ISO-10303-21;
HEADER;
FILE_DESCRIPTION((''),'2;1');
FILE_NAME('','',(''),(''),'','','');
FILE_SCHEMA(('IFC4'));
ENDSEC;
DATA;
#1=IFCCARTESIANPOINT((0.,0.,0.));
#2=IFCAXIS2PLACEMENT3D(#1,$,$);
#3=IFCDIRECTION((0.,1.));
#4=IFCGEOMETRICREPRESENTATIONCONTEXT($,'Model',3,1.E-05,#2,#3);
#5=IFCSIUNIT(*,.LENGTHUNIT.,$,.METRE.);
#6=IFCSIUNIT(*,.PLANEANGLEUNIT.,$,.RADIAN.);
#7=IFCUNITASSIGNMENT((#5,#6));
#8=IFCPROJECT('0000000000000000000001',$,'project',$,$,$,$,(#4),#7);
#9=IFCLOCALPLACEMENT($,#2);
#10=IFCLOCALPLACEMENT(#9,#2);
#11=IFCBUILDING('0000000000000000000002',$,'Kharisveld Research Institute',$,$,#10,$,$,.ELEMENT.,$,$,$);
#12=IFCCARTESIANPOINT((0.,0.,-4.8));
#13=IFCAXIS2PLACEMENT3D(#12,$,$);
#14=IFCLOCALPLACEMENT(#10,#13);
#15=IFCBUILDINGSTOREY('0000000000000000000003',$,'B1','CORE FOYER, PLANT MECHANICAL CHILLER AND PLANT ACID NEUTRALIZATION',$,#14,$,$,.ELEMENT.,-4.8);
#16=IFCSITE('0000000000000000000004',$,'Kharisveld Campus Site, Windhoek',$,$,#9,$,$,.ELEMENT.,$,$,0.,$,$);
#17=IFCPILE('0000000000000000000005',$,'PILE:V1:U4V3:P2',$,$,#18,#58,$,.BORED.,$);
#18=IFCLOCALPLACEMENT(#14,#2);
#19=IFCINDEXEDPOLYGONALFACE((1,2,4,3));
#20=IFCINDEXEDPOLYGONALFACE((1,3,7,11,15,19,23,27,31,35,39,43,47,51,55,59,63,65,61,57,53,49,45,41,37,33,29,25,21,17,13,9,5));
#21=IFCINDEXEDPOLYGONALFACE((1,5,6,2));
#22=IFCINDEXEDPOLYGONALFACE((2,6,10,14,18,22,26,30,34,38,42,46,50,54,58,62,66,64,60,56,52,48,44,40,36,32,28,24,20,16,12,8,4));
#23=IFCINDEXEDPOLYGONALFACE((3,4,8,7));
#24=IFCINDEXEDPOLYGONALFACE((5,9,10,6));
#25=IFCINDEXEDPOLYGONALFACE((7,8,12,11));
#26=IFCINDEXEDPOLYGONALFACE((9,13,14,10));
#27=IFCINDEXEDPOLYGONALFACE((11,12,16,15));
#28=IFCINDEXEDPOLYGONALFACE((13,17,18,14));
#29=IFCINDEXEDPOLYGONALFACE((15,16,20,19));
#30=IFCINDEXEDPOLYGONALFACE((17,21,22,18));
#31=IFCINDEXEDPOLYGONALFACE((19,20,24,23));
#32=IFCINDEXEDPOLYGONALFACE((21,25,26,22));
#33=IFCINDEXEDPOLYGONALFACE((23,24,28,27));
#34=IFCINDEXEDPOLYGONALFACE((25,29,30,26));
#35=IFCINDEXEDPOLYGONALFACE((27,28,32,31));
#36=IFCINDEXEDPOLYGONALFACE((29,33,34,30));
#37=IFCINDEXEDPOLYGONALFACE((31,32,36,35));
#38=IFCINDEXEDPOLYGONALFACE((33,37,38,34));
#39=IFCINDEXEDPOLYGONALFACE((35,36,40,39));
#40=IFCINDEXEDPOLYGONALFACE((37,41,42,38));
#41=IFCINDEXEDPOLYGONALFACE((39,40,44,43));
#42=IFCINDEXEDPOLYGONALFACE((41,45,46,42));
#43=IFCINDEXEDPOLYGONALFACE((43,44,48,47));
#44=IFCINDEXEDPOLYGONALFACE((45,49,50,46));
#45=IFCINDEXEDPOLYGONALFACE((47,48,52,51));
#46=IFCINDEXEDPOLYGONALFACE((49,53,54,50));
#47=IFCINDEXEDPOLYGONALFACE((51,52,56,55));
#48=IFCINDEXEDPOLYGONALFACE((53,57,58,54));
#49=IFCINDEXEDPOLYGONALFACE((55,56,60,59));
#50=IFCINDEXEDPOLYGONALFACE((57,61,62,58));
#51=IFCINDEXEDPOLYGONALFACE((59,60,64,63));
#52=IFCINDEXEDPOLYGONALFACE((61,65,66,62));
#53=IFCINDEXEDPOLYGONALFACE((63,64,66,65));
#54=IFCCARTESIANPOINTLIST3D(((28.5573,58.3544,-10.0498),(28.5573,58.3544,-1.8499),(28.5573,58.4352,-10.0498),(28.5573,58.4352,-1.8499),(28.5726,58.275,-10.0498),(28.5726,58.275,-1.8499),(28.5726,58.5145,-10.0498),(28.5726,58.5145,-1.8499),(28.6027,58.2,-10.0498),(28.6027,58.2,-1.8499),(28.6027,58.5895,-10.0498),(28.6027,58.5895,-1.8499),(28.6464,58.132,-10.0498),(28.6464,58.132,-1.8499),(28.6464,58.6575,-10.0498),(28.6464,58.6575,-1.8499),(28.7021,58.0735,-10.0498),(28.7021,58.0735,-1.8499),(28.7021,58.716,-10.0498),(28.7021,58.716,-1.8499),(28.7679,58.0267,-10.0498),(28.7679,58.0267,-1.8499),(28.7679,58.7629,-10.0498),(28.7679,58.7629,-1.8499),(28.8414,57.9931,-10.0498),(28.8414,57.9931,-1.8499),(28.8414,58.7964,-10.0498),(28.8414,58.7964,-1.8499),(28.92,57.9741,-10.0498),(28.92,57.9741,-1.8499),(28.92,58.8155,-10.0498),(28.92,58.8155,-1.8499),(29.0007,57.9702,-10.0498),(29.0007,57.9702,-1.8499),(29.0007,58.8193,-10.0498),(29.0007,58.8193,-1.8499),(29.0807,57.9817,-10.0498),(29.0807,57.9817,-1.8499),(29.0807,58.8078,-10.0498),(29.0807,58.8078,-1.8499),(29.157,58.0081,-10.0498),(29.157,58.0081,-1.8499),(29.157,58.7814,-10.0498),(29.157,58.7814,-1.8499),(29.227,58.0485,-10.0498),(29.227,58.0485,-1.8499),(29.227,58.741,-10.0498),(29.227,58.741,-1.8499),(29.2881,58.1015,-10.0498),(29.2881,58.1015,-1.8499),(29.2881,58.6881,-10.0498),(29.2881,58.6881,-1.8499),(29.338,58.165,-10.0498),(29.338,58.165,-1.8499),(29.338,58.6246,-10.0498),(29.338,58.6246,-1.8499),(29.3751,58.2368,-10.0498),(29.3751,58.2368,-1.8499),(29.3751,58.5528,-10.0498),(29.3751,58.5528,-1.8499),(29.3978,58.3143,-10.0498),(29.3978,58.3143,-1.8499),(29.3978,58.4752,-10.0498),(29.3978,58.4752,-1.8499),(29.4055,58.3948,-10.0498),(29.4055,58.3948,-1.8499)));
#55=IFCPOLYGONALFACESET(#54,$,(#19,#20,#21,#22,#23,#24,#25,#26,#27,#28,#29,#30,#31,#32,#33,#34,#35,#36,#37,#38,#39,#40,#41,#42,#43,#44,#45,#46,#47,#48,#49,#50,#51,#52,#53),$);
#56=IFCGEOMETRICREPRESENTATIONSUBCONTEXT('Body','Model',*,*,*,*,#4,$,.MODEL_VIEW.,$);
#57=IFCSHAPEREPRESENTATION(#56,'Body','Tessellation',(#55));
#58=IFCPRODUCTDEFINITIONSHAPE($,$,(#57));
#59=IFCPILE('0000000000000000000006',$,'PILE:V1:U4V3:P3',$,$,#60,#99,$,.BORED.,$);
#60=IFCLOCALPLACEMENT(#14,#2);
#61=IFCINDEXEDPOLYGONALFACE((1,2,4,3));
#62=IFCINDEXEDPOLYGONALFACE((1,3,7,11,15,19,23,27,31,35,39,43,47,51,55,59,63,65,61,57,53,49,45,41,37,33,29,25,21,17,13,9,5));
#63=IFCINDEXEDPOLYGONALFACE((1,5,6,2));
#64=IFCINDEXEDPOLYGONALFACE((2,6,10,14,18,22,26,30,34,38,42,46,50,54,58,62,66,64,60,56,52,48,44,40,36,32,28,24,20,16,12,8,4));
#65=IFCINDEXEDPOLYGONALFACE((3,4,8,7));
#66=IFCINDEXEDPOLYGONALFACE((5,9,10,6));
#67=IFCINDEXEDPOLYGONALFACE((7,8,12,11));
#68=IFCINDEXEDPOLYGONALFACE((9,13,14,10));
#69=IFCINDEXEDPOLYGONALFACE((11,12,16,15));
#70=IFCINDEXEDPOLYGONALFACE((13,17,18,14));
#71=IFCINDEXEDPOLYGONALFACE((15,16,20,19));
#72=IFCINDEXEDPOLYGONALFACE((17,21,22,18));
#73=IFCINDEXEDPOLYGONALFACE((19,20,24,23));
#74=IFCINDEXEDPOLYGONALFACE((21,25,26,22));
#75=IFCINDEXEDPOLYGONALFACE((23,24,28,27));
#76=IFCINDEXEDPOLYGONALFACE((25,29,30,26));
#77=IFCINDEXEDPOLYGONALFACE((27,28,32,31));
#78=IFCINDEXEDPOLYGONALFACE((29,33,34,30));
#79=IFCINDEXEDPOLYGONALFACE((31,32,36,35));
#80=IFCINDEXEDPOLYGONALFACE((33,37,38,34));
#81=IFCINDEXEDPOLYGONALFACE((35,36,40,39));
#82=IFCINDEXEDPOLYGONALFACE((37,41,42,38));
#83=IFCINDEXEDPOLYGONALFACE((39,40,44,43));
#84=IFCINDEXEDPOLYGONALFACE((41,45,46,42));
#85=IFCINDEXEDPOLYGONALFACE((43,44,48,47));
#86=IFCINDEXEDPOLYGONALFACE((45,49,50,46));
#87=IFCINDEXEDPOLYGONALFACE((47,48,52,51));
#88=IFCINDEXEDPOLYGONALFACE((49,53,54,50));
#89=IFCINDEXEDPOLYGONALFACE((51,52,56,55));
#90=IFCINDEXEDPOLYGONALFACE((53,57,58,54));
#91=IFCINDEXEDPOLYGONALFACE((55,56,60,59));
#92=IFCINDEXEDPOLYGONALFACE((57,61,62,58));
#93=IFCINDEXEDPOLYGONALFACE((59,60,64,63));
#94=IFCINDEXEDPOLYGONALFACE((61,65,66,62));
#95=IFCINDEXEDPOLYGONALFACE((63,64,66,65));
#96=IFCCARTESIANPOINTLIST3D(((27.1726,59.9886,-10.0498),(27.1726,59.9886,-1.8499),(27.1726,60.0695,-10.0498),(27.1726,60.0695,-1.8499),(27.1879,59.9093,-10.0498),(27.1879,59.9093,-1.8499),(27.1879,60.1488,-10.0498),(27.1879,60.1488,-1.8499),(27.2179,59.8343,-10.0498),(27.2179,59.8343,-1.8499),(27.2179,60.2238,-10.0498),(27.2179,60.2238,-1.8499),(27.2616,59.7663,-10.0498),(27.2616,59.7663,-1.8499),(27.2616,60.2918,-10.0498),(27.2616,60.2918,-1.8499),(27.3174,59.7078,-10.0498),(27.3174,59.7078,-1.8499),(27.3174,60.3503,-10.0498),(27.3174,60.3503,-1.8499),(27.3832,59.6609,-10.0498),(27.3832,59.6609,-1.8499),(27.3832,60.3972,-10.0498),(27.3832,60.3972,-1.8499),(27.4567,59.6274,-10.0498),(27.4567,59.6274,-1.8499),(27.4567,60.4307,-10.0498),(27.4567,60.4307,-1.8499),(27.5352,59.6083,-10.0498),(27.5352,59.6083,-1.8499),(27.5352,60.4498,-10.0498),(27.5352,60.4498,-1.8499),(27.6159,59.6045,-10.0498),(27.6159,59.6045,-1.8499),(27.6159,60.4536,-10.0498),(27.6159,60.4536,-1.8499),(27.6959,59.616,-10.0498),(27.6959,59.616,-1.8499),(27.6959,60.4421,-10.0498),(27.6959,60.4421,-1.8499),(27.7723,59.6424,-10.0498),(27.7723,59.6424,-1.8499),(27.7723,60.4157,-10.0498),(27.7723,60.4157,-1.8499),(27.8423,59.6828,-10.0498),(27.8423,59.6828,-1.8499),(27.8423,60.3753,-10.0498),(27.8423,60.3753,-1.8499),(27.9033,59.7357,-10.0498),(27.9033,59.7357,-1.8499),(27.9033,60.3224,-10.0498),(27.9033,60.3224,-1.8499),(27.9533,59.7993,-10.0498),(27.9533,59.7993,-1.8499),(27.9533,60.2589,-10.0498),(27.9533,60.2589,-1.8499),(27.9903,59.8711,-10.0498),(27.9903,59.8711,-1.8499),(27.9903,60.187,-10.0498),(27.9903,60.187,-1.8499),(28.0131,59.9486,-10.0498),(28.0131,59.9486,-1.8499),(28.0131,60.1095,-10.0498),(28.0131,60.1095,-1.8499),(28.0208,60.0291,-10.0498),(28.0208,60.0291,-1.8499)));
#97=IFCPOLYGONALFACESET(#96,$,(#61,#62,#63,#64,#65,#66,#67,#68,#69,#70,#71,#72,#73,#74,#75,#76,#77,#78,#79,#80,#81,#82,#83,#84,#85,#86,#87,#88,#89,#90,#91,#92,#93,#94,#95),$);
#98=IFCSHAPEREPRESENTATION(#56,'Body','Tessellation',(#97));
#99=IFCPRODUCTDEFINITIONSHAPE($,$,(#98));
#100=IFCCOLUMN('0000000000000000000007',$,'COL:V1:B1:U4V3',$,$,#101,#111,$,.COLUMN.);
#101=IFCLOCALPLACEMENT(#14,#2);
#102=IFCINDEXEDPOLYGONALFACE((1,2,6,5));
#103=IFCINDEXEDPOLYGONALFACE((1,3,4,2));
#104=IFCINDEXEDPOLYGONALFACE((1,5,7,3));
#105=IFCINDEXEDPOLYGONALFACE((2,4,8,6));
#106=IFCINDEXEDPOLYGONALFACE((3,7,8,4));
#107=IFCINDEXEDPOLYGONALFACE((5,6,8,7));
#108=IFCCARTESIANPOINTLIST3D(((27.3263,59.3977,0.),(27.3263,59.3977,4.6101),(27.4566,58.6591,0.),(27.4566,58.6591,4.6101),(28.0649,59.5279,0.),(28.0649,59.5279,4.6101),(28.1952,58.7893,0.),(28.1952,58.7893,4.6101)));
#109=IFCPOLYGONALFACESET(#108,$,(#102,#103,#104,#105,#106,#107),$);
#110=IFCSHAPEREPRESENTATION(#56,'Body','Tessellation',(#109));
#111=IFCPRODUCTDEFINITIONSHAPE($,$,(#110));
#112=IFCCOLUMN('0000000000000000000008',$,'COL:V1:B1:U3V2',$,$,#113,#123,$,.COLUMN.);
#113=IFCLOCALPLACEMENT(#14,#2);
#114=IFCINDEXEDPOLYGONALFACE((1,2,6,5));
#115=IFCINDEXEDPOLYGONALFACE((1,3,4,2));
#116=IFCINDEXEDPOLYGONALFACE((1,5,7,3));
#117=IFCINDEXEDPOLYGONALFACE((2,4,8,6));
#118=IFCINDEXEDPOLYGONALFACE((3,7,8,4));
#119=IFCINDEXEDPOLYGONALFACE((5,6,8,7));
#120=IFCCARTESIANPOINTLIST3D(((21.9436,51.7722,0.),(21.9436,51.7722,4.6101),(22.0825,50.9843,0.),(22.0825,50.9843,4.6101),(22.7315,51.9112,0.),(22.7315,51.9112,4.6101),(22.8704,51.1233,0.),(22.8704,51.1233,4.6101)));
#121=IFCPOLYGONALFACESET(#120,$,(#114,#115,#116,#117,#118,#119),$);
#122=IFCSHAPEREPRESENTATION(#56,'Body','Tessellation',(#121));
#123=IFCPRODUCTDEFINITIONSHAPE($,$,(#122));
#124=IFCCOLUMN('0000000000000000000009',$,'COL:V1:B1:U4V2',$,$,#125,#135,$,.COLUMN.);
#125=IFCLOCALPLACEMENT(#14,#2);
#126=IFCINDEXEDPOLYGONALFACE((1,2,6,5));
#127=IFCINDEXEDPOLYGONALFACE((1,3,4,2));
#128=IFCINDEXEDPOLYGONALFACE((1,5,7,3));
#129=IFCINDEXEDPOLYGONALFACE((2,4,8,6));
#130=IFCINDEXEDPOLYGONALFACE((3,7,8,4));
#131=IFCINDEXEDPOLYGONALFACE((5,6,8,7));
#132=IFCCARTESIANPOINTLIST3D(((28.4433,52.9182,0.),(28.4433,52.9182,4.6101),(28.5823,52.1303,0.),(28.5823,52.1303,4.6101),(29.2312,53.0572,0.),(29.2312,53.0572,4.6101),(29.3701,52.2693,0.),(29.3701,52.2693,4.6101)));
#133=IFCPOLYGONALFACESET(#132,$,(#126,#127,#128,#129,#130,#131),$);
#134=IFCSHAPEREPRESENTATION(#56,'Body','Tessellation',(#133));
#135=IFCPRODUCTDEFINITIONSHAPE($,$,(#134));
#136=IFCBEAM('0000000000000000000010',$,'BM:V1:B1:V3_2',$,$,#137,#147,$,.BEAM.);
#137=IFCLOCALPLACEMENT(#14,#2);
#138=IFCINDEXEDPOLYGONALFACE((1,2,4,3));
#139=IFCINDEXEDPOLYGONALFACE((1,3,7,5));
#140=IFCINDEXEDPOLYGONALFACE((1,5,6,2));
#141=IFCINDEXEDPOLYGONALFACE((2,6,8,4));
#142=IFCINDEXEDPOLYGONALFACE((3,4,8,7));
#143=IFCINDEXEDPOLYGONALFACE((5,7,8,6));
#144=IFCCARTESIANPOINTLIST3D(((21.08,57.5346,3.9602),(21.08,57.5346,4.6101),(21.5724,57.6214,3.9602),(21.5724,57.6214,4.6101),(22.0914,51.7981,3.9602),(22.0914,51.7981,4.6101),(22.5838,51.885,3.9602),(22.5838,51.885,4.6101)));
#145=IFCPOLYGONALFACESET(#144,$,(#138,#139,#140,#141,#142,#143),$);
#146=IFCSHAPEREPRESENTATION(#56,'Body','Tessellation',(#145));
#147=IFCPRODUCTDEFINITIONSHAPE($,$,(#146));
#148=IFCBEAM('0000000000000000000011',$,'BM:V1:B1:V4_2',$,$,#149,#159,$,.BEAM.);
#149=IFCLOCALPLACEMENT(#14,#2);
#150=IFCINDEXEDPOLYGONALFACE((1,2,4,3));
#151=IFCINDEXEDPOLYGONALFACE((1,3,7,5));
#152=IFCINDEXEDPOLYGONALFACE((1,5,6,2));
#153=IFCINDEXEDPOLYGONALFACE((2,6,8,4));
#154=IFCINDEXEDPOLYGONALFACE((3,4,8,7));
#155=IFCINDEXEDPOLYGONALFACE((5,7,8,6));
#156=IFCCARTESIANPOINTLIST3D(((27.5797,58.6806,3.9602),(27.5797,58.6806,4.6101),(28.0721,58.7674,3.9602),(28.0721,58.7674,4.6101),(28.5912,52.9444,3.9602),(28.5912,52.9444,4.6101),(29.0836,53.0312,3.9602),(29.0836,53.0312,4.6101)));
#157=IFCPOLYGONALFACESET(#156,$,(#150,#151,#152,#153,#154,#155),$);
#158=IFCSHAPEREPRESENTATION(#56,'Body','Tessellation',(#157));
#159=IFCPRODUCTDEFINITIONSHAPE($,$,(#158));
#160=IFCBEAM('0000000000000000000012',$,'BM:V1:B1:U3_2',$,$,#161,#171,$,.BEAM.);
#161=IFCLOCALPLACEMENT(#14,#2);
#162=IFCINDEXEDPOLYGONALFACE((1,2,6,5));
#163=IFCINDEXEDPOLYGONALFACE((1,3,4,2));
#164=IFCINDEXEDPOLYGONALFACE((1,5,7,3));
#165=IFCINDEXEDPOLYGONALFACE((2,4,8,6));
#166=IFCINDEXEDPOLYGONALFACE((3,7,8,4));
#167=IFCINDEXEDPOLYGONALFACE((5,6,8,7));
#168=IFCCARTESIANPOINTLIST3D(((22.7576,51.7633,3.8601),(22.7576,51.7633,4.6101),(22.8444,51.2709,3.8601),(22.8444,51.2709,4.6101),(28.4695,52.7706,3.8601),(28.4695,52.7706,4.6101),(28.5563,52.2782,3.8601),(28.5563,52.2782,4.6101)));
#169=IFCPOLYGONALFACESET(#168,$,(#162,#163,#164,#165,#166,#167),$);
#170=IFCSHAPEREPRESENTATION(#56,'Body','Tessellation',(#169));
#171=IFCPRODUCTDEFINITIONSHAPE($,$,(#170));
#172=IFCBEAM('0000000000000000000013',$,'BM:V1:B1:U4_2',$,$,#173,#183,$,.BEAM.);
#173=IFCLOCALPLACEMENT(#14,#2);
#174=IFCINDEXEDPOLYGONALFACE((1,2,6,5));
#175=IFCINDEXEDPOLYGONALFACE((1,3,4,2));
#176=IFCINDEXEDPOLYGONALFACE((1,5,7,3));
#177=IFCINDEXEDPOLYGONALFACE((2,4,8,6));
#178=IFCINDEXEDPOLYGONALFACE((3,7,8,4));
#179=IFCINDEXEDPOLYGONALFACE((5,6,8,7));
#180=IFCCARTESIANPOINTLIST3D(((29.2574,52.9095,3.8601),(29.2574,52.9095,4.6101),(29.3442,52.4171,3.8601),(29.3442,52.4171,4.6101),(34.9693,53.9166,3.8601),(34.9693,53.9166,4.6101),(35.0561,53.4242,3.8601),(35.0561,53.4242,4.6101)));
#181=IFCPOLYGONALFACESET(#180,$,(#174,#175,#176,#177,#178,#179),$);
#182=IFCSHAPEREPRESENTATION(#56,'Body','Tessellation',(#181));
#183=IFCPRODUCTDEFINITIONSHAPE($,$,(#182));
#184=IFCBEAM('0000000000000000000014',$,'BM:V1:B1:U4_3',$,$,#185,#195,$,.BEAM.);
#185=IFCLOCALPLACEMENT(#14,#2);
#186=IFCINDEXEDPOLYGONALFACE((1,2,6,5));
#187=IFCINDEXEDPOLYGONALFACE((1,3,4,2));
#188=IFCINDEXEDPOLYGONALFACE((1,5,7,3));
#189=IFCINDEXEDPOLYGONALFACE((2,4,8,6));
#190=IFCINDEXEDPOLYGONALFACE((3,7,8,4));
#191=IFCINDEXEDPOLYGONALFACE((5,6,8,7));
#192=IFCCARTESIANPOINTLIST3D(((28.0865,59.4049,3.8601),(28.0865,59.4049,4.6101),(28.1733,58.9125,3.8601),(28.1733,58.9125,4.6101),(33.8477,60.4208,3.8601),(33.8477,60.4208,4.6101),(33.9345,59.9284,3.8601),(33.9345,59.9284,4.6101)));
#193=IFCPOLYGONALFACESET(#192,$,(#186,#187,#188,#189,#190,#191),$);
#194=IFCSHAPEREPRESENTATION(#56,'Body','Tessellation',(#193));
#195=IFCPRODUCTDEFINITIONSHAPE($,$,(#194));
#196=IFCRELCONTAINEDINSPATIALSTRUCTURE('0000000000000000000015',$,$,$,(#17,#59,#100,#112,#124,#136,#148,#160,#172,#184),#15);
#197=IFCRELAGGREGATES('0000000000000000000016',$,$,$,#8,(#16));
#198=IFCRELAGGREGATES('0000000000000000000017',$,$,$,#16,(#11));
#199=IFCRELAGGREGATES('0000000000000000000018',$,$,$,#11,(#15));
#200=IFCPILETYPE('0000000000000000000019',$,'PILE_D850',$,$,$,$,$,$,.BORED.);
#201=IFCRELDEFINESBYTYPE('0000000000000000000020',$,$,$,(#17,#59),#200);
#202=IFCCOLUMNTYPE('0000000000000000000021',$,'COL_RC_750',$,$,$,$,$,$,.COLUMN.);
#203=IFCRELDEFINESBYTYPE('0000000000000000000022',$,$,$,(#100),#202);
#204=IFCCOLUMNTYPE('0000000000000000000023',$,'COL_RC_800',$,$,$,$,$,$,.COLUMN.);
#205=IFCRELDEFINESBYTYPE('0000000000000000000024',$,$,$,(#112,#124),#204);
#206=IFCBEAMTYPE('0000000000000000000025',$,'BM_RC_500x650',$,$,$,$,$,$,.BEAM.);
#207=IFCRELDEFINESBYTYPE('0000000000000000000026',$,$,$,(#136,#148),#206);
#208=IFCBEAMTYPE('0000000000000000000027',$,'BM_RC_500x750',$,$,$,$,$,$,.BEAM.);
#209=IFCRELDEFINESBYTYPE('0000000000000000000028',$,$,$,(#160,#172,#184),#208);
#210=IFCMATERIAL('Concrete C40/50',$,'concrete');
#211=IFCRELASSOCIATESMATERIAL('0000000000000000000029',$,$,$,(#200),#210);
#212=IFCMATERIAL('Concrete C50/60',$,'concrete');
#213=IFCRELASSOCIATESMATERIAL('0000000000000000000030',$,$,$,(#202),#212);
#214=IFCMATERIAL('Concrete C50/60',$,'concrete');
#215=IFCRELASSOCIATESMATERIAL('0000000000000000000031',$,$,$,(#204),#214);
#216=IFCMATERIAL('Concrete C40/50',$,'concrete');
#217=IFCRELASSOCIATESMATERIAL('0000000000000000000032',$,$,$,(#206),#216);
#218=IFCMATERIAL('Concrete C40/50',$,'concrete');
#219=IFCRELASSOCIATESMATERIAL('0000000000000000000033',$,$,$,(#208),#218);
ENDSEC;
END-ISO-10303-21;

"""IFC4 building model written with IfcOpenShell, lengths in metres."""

from ifc_helpers import new_model, si_unit, direction, frame, origin, origin_2d, place, context, subcontext, project, spatial, rectangle, circle, extrude, material, material_profile, profile_set, type_object, element, save


model = new_model("IFC4")

# Units and contexts
model_context = context("Model", 3, precision=1e-05, world=origin(), true_north=direction((0.0, 1.0)))
body_context = subcontext(model_context, "Body", "Model", "MODEL_VIEW")
ifc_project = project(units=[si_unit("LENGTHUNIT", "METRE"), si_unit("PLANEANGLEUNIT", "RADIAN")], contexts=[model_context])

# Site, building, storey
site_placement = place(None, origin())
site = spatial("IfcSite", under=ifc_project, at=site_placement, Name="Kharisveld Campus Site, Windhoek", CompositionType="ELEMENT", RefElevation=0.0)
building_placement = place(site_placement, origin())
building = spatial("IfcBuilding", under=site, at=building_placement, Name="Kharisveld Research Institute", CompositionType="ELEMENT")
storey_placement = place(building_placement, frame((0.0, 0.0, -4.8)))
storey = spatial("IfcBuildingStorey", under=building, at=storey_placement, Name="B1", Description="CORE FOYER, PLANT MECHANICAL CHILLER AND PLANT ACID NEUTRALIZATION", CompositionType="ELEMENT", Elevation=-4.8)

# Piles
ifc_material_1 = material(Name="Concrete C40/50", Category="concrete")
ifc_material_profile_1 = material_profile(ifc_material_1, circle(Radius=0.425, at=origin_2d()))
ifc_profile_set_1 = profile_set([ifc_material_profile_1], Name="Concrete C40/50")
pile_type_1 = type_object("IfcPileType", Name="PILE_D850", PredefinedType="BORED", material=ifc_profile_set_1)
for number, where, z_axis, x_axis, name in (
    (1, (28.9805, 58.3948, -1.8499), (0.0, 0.0, -1.0), (1.0, 0.0, 0.0), "PILE:V1:U4V3:P2"),
    (2, (27.5957, 60.0291, -1.8499), (0.0, 0.0, -1.0), (1.0, 0.0, 0.0), "PILE:V1:U4V3:P3"),
):
    element("IfcPile", number, at=place(storey_placement, frame(where, z_axis=z_axis, x_axis=x_axis)), inside=storey, type_object=pile_type_1, Name=name, PredefinedType="BORED", context=body_context, shape_type="SweptSolid", body=[
        extrude(circle(Radius=0.425, at=origin_2d()), origin(), (0.0, 0.0, 1.0), 8.2),
    ])

# Columns
ifc_material_2 = material(Name="Concrete C50/60", Category="concrete")
ifc_material_profile_2 = material_profile(ifc_material_2, rectangle(XDim=0.75, YDim=0.75, at=origin_2d()))
ifc_profile_set_2 = profile_set([ifc_material_profile_2], Name="Concrete C50/60")
column_type_1 = type_object("IfcColumnType", Name="COL_RC_750", PredefinedType="COLUMN", material=ifc_profile_set_2)
column_placement = place(storey_placement, frame((27.7607, 59.0935, 0.0), z_axis=(0.0, 0.0, 1.0), x_axis=(0.984808, 0.173648, 0.0)))
element("IfcColumn", 3, at=column_placement, inside=storey, type_object=column_type_1, Name="COL:V1:B1:U4V3", PredefinedType="COLUMN", context=body_context, shape_type="SweptSolid", body=[
    extrude(rectangle(XDim=0.75, YDim=0.75, at=origin_2d()), origin(), (0.0, 0.0, 1.0), 4.6101),
])
ifc_material_3 = material(Name="Concrete C50/60", Category="concrete")
ifc_material_profile_3 = material_profile(ifc_material_3, rectangle(XDim=0.8, YDim=0.8, at=origin_2d()))
ifc_profile_set_3 = profile_set([ifc_material_profile_3], Name="Concrete C50/60")
column_type_2 = type_object("IfcColumnType", Name="COL_RC_800", PredefinedType="COLUMN", material=ifc_profile_set_3)
for number, where, z_axis, x_axis, name in (
    (4, (22.407, 51.4478, 0.0), (0.0, 0.0, 1.0), (0.984808, 0.173648, 0.0), "COL:V1:B1:U3V2"),
    (5, (28.9067, 52.5938, 0.0), (0.0, 0.0, 1.0), (0.984808, 0.173648, 0.0), "COL:V1:B1:U4V2"),
):
    element("IfcColumn", number, at=place(storey_placement, frame(where, z_axis=z_axis, x_axis=x_axis)), inside=storey, type_object=column_type_2, Name=name, PredefinedType="COLUMN", context=body_context, shape_type="SweptSolid", body=[
        extrude(rectangle(XDim=0.8, YDim=0.8, at=origin_2d()), origin(), (0.0, 0.0, 1.0), 4.6101),
    ])

# Beams
ifc_material_4 = material(Name="Concrete C40/50", Category="concrete")
ifc_material_profile_4 = material_profile(ifc_material_4, rectangle(XDim=0.5, YDim=0.6499, at=origin_2d()))
ifc_profile_set_4 = profile_set([ifc_material_profile_4], Name="Concrete C40/50")
beam_type_1 = type_object("IfcBeamType", Name="BM_RC_500x650", PredefinedType="BEAM", material=ifc_profile_set_4)
beam_1_placement = place(storey_placement, frame((22.3376, 51.8416, 4.2852), z_axis=(-0.173642, 0.984809, 0.0), x_axis=(-0.984809, -0.173642, 0.0)))
element("IfcBeam", 6, at=beam_1_placement, inside=storey, type_object=beam_type_1, Name="BM:V1:B1:V3_2", PredefinedType="BEAM", context=body_context, shape_type="SweptSolid", body=[
    extrude(rectangle(XDim=0.5, YDim=0.6499, at=origin_2d()), origin(), (0.0, 0.0, 1.0), 5.825),
])
beam_2_placement = place(storey_placement, frame((28.8374, 52.9878, 4.2852), z_axis=(-0.173649, 0.984808, 0.0), x_axis=(-0.984808, -0.173649, 0.0)))
element("IfcBeam", 7, at=beam_2_placement, inside=storey, type_object=beam_type_1, Name="BM:V1:B1:V4_2", PredefinedType="BEAM", context=body_context, shape_type="SweptSolid", body=[
    extrude(rectangle(XDim=0.5, YDim=0.6499, at=origin_2d()), origin(), (0.0, 0.0, 1.0), 5.8247),
])
ifc_material_5 = material(Name="Concrete C40/50", Category="concrete")
ifc_material_profile_5 = material_profile(ifc_material_5, rectangle(XDim=0.5, YDim=0.75, at=origin_2d()))
ifc_profile_set_5 = profile_set([ifc_material_profile_5], Name="Concrete C40/50")
beam_type_2 = type_object("IfcBeamType", Name="BM_RC_500x750", PredefinedType="BEAM", material=ifc_profile_set_5)
for number, where, z_axis, x_axis, name in (
    (8, (22.801, 51.5171, 4.2351), (0.984803, 0.173675, 0.0), (-0.173675, 0.984803, 0.0), "BM:V1:B1:U3_2"),
    (9, (29.3008, 52.6633, 4.2351), (0.98481, 0.173634, 0.0), (-0.173634, 0.98481, 0.0), "BM:V1:B1:U4_2"),
):
    element("IfcBeam", number, at=place(storey_placement, frame(where, z_axis=z_axis, x_axis=x_axis)), inside=storey, type_object=beam_type_2, Name=name, PredefinedType="BEAM", context=body_context, shape_type="SweptSolid", body=[
        extrude(rectangle(XDim=0.5, YDim=0.75, at=origin_2d()), origin(), (0.0, 0.0, 1.0), 5.8),
    ])
beam_3_placement = place(storey_placement, frame((28.1299, 59.1587, 4.2351), z_axis=(0.984807, 0.17365, 0.0), x_axis=(-0.17365, 0.984807, 0.0)))
element("IfcBeam", 10, at=beam_3_placement, inside=storey, type_object=beam_type_2, Name="BM:V1:B1:U4_3", PredefinedType="BEAM", context=body_context, shape_type="SweptSolid", body=[
    extrude(rectangle(XDim=0.5, YDim=0.75, at=origin_2d()), origin(), (0.0, 0.0, 1.0), 5.8501),
])

save(model, "model.ifc")
